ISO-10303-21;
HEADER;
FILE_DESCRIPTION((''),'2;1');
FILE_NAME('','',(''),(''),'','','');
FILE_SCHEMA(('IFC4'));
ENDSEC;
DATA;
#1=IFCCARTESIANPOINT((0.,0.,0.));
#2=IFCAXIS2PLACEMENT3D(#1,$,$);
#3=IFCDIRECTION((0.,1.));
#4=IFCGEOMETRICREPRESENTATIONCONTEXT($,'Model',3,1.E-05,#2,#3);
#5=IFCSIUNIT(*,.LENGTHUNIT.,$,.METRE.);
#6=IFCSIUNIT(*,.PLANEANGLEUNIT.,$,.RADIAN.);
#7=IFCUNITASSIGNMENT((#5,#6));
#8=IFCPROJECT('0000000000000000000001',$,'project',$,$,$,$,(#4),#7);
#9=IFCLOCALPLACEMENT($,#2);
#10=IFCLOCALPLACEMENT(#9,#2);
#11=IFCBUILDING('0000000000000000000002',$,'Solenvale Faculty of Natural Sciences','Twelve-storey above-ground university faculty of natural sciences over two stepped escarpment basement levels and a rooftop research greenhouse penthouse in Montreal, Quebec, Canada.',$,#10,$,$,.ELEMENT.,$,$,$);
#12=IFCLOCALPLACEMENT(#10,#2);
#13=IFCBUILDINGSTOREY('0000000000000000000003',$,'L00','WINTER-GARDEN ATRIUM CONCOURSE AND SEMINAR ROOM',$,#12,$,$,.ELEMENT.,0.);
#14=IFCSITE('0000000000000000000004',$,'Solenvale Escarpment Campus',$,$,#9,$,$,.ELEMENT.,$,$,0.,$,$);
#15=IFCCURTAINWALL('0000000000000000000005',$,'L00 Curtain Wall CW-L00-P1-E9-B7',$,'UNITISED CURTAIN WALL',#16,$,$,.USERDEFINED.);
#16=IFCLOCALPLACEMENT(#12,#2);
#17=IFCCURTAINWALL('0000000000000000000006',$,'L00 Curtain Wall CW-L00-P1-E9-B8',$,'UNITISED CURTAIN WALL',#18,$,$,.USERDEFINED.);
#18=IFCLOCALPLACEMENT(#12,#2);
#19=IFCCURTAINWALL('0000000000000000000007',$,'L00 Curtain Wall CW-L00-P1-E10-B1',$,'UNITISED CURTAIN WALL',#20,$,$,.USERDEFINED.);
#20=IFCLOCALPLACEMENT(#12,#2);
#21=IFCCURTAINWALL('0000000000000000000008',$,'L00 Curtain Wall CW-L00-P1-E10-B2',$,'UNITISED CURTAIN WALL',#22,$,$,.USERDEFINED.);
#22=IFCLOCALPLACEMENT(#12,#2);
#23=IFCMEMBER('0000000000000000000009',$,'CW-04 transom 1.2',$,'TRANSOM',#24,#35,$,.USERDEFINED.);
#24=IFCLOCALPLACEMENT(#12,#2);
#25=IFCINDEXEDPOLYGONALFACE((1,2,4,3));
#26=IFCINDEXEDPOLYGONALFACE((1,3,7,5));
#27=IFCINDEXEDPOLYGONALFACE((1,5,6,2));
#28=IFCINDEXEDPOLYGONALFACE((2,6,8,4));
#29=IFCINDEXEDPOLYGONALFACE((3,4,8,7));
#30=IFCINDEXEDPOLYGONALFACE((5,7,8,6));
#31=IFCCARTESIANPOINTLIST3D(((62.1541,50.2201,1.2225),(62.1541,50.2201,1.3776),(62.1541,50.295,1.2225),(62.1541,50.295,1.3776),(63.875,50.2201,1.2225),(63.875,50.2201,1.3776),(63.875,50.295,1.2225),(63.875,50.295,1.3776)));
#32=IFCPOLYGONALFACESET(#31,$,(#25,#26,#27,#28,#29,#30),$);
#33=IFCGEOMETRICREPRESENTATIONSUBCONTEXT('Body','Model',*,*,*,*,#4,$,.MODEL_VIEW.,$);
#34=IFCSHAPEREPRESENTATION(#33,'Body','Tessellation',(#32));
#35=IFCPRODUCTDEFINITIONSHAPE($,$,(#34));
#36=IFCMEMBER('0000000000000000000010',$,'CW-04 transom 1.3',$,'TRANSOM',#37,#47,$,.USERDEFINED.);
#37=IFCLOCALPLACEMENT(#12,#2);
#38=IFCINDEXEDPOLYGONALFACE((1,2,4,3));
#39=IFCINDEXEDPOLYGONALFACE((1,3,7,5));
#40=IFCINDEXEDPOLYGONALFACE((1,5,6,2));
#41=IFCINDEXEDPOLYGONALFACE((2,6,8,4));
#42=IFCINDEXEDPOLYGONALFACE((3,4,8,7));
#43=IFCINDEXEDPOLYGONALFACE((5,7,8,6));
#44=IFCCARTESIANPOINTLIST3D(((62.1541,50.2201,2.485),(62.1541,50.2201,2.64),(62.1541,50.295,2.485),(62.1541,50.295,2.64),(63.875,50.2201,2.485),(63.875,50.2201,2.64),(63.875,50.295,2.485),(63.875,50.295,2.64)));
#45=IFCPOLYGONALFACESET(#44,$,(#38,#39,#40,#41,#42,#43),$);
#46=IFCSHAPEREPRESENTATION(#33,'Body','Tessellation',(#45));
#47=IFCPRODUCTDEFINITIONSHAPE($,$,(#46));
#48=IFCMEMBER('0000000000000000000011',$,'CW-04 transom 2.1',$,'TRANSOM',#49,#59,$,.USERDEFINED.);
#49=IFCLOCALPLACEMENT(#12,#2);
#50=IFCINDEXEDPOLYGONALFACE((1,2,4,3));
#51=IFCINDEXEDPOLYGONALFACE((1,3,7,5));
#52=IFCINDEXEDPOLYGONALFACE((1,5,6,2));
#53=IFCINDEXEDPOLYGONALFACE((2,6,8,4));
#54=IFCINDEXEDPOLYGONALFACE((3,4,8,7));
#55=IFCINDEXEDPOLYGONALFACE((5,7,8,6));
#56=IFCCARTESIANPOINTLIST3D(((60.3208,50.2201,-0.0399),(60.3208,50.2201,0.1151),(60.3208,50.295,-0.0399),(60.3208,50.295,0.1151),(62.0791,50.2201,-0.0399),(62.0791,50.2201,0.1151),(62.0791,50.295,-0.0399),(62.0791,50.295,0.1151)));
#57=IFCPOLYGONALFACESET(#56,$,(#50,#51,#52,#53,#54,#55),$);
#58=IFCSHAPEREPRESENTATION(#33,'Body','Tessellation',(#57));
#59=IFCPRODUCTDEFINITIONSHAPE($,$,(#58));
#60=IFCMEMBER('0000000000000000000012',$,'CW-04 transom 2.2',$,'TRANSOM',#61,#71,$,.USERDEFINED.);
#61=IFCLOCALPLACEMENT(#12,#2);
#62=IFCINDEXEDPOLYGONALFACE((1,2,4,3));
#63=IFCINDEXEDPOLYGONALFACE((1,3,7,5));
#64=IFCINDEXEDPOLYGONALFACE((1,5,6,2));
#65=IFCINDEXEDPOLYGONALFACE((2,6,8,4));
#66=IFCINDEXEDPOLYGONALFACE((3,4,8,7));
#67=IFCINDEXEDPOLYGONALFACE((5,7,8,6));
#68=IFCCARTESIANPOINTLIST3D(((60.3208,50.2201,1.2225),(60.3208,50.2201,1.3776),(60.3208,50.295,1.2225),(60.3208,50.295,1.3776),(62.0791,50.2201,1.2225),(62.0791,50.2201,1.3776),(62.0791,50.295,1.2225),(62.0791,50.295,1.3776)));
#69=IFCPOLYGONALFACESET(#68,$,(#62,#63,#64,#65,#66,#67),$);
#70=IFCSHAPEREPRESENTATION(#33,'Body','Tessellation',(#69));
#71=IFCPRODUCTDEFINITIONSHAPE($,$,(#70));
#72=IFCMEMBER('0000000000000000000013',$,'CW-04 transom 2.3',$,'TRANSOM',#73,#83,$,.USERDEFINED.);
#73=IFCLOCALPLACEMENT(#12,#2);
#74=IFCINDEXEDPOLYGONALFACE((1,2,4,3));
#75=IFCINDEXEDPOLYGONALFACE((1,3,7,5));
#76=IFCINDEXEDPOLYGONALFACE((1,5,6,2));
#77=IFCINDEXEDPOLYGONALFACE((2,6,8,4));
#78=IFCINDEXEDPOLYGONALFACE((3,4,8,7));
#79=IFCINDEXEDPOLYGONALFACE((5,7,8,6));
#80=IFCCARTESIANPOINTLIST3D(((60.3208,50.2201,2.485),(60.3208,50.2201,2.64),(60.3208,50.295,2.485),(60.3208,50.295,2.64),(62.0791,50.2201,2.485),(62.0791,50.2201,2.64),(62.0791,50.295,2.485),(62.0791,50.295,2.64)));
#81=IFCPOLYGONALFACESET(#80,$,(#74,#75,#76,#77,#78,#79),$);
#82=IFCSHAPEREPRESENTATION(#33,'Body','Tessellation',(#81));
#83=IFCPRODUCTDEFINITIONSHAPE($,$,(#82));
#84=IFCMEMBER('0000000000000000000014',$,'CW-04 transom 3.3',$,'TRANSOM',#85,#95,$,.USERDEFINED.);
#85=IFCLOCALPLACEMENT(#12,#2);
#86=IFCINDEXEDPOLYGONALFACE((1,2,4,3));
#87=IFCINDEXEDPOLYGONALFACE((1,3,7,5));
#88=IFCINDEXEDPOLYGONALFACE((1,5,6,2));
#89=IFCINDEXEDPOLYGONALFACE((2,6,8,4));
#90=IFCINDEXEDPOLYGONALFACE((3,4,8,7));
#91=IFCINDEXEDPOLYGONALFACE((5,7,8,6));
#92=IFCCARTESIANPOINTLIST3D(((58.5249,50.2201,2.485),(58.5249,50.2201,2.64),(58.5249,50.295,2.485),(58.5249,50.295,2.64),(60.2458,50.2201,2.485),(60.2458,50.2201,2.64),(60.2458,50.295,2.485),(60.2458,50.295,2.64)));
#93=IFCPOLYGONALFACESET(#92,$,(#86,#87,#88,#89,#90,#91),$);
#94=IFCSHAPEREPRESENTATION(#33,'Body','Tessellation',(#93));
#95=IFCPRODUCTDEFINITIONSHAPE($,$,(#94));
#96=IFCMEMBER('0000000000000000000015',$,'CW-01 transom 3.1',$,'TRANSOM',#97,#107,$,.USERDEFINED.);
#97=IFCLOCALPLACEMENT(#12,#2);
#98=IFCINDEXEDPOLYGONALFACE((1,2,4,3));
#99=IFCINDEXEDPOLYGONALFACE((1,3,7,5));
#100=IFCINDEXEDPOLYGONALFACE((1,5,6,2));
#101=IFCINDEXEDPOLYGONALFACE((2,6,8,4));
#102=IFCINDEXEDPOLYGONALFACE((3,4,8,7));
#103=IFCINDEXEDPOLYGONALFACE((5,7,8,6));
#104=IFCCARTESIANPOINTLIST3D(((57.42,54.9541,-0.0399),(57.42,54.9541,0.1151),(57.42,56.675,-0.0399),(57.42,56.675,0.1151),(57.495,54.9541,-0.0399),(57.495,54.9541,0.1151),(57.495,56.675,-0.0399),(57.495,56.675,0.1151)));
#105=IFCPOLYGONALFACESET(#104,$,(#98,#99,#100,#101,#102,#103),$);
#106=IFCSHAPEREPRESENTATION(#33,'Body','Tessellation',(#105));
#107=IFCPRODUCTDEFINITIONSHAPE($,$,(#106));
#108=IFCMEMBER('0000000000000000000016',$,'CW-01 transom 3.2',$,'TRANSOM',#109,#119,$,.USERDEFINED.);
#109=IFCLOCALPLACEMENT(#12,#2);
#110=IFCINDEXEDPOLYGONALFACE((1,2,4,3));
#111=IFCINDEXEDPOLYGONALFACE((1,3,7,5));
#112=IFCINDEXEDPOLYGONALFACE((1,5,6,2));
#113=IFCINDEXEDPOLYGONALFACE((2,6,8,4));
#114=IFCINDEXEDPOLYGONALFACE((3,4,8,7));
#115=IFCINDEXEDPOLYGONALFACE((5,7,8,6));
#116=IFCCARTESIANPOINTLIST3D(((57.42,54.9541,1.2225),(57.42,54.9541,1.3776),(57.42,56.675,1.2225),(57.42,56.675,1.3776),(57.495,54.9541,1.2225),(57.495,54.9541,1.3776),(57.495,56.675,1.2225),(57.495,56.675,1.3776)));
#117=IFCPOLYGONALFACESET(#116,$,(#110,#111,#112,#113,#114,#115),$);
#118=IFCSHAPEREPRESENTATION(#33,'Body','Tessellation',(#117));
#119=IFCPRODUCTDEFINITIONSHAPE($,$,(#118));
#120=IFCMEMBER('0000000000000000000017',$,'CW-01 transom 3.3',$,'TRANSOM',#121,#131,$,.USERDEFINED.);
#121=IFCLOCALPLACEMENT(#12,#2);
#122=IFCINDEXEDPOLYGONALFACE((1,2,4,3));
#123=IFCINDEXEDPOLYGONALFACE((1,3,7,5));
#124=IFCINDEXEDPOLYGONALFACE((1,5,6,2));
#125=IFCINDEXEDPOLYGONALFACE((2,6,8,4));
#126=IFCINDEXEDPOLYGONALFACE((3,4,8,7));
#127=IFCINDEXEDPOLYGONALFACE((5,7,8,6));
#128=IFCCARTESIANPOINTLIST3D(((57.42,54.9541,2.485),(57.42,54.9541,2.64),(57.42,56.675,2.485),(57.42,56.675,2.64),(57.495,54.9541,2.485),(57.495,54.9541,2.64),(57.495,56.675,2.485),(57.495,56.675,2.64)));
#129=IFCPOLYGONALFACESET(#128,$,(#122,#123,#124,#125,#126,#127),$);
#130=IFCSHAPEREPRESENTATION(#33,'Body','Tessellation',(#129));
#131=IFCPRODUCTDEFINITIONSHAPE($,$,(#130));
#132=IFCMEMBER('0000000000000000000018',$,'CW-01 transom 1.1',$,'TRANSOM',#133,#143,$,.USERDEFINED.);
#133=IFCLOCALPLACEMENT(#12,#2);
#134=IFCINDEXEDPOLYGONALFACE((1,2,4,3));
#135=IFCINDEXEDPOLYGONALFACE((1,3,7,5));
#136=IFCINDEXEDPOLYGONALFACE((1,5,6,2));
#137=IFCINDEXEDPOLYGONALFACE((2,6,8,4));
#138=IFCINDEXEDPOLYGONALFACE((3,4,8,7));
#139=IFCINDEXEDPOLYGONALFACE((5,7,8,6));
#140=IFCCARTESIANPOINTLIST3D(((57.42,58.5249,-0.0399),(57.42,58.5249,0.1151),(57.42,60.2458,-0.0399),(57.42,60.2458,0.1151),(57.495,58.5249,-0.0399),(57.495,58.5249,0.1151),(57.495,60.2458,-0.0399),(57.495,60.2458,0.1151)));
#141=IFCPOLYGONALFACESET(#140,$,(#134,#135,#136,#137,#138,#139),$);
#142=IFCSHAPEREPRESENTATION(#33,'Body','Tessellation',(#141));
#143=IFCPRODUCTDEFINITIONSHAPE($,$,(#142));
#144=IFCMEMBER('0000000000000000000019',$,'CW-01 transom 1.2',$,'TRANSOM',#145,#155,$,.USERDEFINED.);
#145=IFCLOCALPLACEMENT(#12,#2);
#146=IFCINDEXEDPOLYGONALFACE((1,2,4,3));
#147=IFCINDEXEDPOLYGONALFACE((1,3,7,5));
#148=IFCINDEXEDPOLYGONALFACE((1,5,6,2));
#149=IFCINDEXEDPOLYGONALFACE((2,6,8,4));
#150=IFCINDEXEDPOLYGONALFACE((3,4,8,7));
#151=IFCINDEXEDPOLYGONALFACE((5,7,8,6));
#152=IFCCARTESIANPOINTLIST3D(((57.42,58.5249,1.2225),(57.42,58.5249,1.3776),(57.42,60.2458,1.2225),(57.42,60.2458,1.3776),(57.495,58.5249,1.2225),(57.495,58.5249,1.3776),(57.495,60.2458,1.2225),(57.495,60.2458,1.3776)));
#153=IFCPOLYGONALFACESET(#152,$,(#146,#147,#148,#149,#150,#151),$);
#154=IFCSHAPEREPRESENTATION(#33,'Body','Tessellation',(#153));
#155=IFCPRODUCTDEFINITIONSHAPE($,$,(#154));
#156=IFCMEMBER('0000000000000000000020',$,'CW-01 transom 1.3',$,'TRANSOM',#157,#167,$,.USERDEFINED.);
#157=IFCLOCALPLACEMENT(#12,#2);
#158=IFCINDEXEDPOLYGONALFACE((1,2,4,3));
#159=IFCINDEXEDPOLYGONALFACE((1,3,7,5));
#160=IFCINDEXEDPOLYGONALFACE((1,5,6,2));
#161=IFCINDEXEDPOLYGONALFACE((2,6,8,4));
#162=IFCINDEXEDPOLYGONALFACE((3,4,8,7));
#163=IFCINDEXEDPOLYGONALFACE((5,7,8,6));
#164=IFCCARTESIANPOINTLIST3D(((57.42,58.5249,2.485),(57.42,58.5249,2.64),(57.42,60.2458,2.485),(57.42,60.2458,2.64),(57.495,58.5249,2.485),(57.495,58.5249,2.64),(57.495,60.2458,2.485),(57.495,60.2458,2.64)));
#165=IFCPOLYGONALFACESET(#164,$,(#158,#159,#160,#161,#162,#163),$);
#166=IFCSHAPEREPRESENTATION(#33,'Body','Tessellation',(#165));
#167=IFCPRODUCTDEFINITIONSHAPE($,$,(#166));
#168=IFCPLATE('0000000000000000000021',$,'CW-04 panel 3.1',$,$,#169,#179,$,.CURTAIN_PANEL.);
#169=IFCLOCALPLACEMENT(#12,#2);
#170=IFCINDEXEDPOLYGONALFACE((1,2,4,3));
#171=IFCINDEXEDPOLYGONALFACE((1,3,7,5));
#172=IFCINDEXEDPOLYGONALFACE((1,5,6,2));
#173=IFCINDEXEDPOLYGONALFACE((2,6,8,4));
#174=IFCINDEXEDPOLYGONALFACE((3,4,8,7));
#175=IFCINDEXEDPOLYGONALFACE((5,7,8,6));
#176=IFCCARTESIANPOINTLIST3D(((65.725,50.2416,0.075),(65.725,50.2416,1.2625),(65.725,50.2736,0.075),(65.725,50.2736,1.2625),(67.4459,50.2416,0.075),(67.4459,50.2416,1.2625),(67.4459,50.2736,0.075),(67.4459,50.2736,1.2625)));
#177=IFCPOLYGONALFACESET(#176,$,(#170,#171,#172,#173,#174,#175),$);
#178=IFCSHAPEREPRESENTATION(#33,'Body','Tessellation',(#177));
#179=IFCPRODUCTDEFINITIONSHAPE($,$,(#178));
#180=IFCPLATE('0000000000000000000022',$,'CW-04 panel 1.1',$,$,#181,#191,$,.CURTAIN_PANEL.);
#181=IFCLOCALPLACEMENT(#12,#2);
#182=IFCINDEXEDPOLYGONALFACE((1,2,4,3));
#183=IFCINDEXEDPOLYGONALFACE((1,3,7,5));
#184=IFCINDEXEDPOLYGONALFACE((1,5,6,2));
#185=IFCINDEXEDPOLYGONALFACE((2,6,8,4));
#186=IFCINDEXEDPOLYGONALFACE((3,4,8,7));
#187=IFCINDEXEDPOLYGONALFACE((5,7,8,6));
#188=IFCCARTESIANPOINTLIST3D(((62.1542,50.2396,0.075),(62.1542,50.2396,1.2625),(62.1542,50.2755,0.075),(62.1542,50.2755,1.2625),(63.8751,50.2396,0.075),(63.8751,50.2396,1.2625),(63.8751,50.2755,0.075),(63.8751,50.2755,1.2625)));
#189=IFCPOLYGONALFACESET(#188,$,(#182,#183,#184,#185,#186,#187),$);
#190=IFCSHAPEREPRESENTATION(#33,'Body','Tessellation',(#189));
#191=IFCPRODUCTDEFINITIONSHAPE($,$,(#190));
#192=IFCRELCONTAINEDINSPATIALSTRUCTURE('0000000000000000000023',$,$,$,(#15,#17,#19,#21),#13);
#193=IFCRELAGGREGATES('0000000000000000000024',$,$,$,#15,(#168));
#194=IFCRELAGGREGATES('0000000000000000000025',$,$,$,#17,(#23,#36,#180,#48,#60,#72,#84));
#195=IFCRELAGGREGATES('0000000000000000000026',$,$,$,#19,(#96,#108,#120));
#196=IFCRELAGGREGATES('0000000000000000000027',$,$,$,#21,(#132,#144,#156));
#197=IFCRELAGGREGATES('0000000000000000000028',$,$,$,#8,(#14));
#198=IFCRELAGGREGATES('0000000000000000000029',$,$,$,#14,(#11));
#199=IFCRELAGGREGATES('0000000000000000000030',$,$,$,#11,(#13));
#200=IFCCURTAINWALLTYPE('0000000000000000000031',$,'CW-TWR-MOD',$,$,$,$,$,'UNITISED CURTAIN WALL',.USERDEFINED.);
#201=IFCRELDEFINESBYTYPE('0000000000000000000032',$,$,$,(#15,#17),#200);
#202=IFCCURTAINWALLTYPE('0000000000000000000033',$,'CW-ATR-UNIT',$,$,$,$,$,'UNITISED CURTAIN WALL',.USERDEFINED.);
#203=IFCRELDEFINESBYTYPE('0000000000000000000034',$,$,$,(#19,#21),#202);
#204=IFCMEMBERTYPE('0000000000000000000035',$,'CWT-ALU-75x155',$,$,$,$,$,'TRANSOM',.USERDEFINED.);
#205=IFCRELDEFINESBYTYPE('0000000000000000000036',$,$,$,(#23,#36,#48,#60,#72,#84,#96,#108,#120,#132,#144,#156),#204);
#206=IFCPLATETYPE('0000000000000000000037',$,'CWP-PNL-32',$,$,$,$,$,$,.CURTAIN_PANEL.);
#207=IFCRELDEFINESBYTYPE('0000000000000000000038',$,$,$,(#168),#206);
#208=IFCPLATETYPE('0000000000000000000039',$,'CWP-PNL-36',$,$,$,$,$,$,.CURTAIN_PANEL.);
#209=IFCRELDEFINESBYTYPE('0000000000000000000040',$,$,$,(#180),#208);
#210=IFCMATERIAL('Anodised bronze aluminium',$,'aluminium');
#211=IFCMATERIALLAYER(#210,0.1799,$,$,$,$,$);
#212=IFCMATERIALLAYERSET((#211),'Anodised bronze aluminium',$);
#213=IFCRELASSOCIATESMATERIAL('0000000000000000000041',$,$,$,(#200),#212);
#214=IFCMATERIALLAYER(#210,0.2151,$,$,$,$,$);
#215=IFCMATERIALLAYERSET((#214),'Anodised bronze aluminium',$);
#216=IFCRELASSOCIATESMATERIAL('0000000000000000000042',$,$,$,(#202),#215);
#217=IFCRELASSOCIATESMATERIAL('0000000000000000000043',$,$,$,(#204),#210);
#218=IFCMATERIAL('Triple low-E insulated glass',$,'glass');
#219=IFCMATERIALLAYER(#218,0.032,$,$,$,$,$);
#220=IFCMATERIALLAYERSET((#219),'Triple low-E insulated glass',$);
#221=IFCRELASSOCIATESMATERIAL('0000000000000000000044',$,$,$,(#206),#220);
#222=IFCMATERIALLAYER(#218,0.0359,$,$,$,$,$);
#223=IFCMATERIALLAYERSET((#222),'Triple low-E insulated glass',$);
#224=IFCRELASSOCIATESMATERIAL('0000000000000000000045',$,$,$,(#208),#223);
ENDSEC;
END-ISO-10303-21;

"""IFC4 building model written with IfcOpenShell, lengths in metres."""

from ifc_helpers import new_model, si_unit, direction, frame, origin, origin_2d, place, context, subcontext, project, spatial, rectangle, extrude, material, layer, layer_set, material_profile, profile_set, type_object, element, aggregate, save


model = new_model("IFC4")

# Units and contexts
model_context = context("Model", 3, precision=1e-05, world=origin(), true_north=direction((0.0, 1.0)))
body_context = subcontext(model_context, "Body", "Model", "MODEL_VIEW")
ifc_project = project(units=[si_unit("LENGTHUNIT", "METRE"), si_unit("PLANEANGLEUNIT", "RADIAN")], contexts=[model_context])

# Site, building, storey
site_placement = place(None, origin())
site = spatial("IfcSite", under=ifc_project, at=site_placement, Name="Solenvale Escarpment Campus", CompositionType="ELEMENT", RefElevation=0.0)
building_placement = place(site_placement, origin())
building = spatial("IfcBuilding", under=site, at=building_placement, Name="Solenvale Faculty of Natural Sciences", Description="Twelve-storey above-ground university faculty of natural sciences over two stepped escarpment basement levels and a rooftop research greenhouse penthouse in Montreal, Quebec, Canada.", CompositionType="ELEMENT")
storey_placement = place(building_placement, origin())
storey = spatial("IfcBuildingStorey", under=building, at=storey_placement, Name="L00", Description="WINTER-GARDEN ATRIUM CONCOURSE AND SEMINAR ROOM", CompositionType="ELEMENT", Elevation=0.0)

# Curtain wall
ifc_material_1 = material(Name="Anodised bronze aluminium", Category="aluminium")
ifc_layer_1 = layer(ifc_material_1, 0.1799)
ifc_layer_set_1 = layer_set([ifc_layer_1], Name="Anodised bronze aluminium")
curtain_wall_type_1 = type_object("IfcCurtainWallType", Name="CW-TWR-MOD", ElementType="UNITISED CURTAIN WALL", PredefinedType="USERDEFINED", material=ifc_layer_set_1)
curtain_wall_1_placement = place(storey_placement, origin())
curtain_wall_1 = element("IfcCurtainWall", 1, at=curtain_wall_1_placement, inside=storey, type_object=curtain_wall_type_1, Name="L00 Curtain Wall CW-L00-P1-E9-B7", ObjectType="UNITISED CURTAIN WALL", PredefinedType="USERDEFINED")

# Curtain walls
curtain_wall_2_placement = place(storey_placement, origin())
curtain_wall_2 = element("IfcCurtainWall", 2, at=curtain_wall_2_placement, inside=storey, type_object=curtain_wall_type_1, Name="L00 Curtain Wall CW-L00-P1-E9-B8", ObjectType="UNITISED CURTAIN WALL", PredefinedType="USERDEFINED")
ifc_layer_2 = layer(ifc_material_1, 0.2151)
ifc_layer_set_2 = layer_set([ifc_layer_2], Name="Anodised bronze aluminium")
curtain_wall_type_2 = type_object("IfcCurtainWallType", Name="CW-ATR-UNIT", ElementType="UNITISED CURTAIN WALL", PredefinedType="USERDEFINED", material=ifc_layer_set_2)
curtain_wall_3_placement = place(storey_placement, origin())
curtain_wall_3 = element("IfcCurtainWall", 3, at=curtain_wall_3_placement, inside=storey, type_object=curtain_wall_type_2, Name="L00 Curtain Wall CW-L00-P1-E10-B1", ObjectType="UNITISED CURTAIN WALL", PredefinedType="USERDEFINED")

# Curtain wall
curtain_wall_4_placement = place(storey_placement, origin())
curtain_wall_4 = element("IfcCurtainWall", 4, at=curtain_wall_4_placement, inside=storey, type_object=curtain_wall_type_2, Name="L00 Curtain Wall CW-L00-P1-E10-B2", ObjectType="UNITISED CURTAIN WALL", PredefinedType="USERDEFINED")

# Members
ifc_material_profile_1 = material_profile(ifc_material_1, rectangle(XDim=0.075, YDim=0.155, at=origin_2d()), Name="ALU-TRN-75x155")
ifc_profile_set_1 = profile_set([ifc_material_profile_1], Name="Anodised bronze aluminium")
member_type_1 = type_object("IfcMemberType", Name="CWT-ALU-75x155", ElementType="TRANSOM", PredefinedType="USERDEFINED", material=ifc_profile_set_1)
member_1_placement = place(storey_placement, frame((63.875, 50.2576, 1.3), z_axis=(-1.0, 0.0, 0.0), x_axis=(0.0, -1.0, 0.0)))
member_1 = element("IfcMember", 5, at=member_1_placement, type_object=member_type_1, Name="CW-04 transom 1.2", ObjectType="TRANSOM", PredefinedType="USERDEFINED", context=body_context, shape_type="SweptSolid", body=[
    extrude(rectangle(XDim=0.075, YDim=0.155, at=origin_2d()), origin(), (0.0, 0.0, 1.0), 1.7209),
])
member_2_placement = place(storey_placement, frame((63.875, 50.2576, 2.5625), z_axis=(-1.0, 0.0, 0.0), x_axis=(0.0, -1.0, 0.0)))
member_2 = element("IfcMember", 6, at=member_2_placement, type_object=member_type_1, Name="CW-04 transom 1.3", ObjectType="TRANSOM", PredefinedType="USERDEFINED", context=body_context, shape_type="SweptSolid", body=[
    extrude(rectangle(XDim=0.075, YDim=0.155, at=origin_2d()), origin(), (0.0, 0.0, 1.0), 1.7209),
])
member_3_placement = place(storey_placement, frame((62.0791, 50.2576, 0.0376), z_axis=(-1.0, 0.0, 0.0), x_axis=(0.0, -1.0, 0.0)))
member_3 = element("IfcMember", 7, at=member_3_placement, type_object=member_type_1, Name="CW-04 transom 2.1", ObjectType="TRANSOM", PredefinedType="USERDEFINED", context=body_context, shape_type="SweptSolid", body=[
    extrude(rectangle(XDim=0.075, YDim=0.155, at=origin_2d()), origin(), (0.0, 0.0, 1.0), 1.7583),
])
member_4_placement = place(storey_placement, frame((62.0791, 50.2576, 1.3), z_axis=(-1.0, 0.0, 0.0), x_axis=(0.0, -1.0, 0.0)))
member_4 = element("IfcMember", 8, at=member_4_placement, type_object=member_type_1, Name="CW-04 transom 2.2", ObjectType="TRANSOM", PredefinedType="USERDEFINED", context=body_context, shape_type="SweptSolid", body=[
    extrude(rectangle(XDim=0.075, YDim=0.155, at=origin_2d()), origin(), (0.0, 0.0, 1.0), 1.7583),
])
member_5_placement = place(storey_placement, frame((62.0791, 50.2576, 2.5625), z_axis=(-1.0, 0.0, 0.0), x_axis=(0.0, -1.0, 0.0)))
member_5 = element("IfcMember", 9, at=member_5_placement, type_object=member_type_1, Name="CW-04 transom 2.3", ObjectType="TRANSOM", PredefinedType="USERDEFINED", context=body_context, shape_type="SweptSolid", body=[
    extrude(rectangle(XDim=0.075, YDim=0.155, at=origin_2d()), origin(), (0.0, 0.0, 1.0), 1.7583),
])
member_6_placement = place(storey_placement, frame((60.2458, 50.2576, 2.5625), z_axis=(-1.0, 0.0, 0.0), x_axis=(0.0, -1.0, 0.0)))
member_6 = element("IfcMember", 10, at=member_6_placement, type_object=member_type_1, Name="CW-04 transom 3.3", ObjectType="TRANSOM", PredefinedType="USERDEFINED", context=body_context, shape_type="SweptSolid", body=[
    extrude(rectangle(XDim=0.075, YDim=0.155, at=origin_2d()), origin(), (0.0, 0.0, 1.0), 1.7209),
])
member_7_placement = place(storey_placement, frame((57.4575, 54.9541, 0.0376), z_axis=(0.0, 1.0, 0.0), x_axis=(-1.0, 0.0, 0.0)))
member_7 = element("IfcMember", 11, at=member_7_placement, type_object=member_type_1, Name="CW-01 transom 3.1", ObjectType="TRANSOM", PredefinedType="USERDEFINED", context=body_context, shape_type="SweptSolid", body=[
    extrude(rectangle(XDim=0.075, YDim=0.155, at=origin_2d()), origin(), (0.0, 0.0, 1.0), 1.7209),
])
member_8_placement = place(storey_placement, frame((57.4575, 54.9541, 1.3), z_axis=(0.0, 1.0, 0.0), x_axis=(-1.0, 0.0, 0.0)))
member_8 = element("IfcMember", 12, at=member_8_placement, type_object=member_type_1, Name="CW-01 transom 3.2", ObjectType="TRANSOM", PredefinedType="USERDEFINED", context=body_context, shape_type="SweptSolid", body=[
    extrude(rectangle(XDim=0.075, YDim=0.155, at=origin_2d()), origin(), (0.0, 0.0, 1.0), 1.7209),
])
member_9_placement = place(storey_placement, frame((57.4575, 54.9541, 2.5625), z_axis=(0.0, 1.0, 0.0), x_axis=(-1.0, 0.0, 0.0)))
member_9 = element("IfcMember", 13, at=member_9_placement, type_object=member_type_1, Name="CW-01 transom 3.3", ObjectType="TRANSOM", PredefinedType="USERDEFINED", context=body_context, shape_type="SweptSolid", body=[
    extrude(rectangle(XDim=0.075, YDim=0.155, at=origin_2d()), origin(), (0.0, 0.0, 1.0), 1.7209),
])
member_10_placement = place(storey_placement, frame((57.4575, 58.5249, 0.0376), z_axis=(0.0, 1.0, 0.0), x_axis=(-1.0, 0.0, 0.0)))
member_10 = element("IfcMember", 14, at=member_10_placement, type_object=member_type_1, Name="CW-01 transom 1.1", ObjectType="TRANSOM", PredefinedType="USERDEFINED", context=body_context, shape_type="SweptSolid", body=[
    extrude(rectangle(XDim=0.075, YDim=0.155, at=origin_2d()), origin(), (0.0, 0.0, 1.0), 1.7209),
])
member_11_placement = place(storey_placement, frame((57.4575, 58.5249, 1.3), z_axis=(0.0, 1.0, 0.0), x_axis=(-1.0, 0.0, 0.0)))
member_11 = element("IfcMember", 15, at=member_11_placement, type_object=member_type_1, Name="CW-01 transom 1.2", ObjectType="TRANSOM", PredefinedType="USERDEFINED", context=body_context, shape_type="SweptSolid", body=[
    extrude(rectangle(XDim=0.075, YDim=0.155, at=origin_2d()), origin(), (0.0, 0.0, 1.0), 1.7209),
])
member_12_placement = place(storey_placement, frame((57.4575, 58.5249, 2.5625), z_axis=(0.0, 1.0, 0.0), x_axis=(-1.0, 0.0, 0.0)))
member_12 = element("IfcMember", 16, at=member_12_placement, type_object=member_type_1, Name="CW-01 transom 1.3", ObjectType="TRANSOM", PredefinedType="USERDEFINED", context=body_context, shape_type="SweptSolid", body=[
    extrude(rectangle(XDim=0.075, YDim=0.155, at=origin_2d()), origin(), (0.0, 0.0, 1.0), 1.7209),
])

# Plates
ifc_material_2 = material(Name="Triple low-E insulated glass", Category="glass")
ifc_layer_3 = layer(ifc_material_2, 0.032)
ifc_layer_set_3 = layer_set([ifc_layer_3], Name="Triple low-E insulated glass")
plate_type_1 = type_object("IfcPlateType", Name="CWP-PNL-32", PredefinedType="CURTAIN_PANEL", material=ifc_layer_set_3)
plate_1_placement = place(storey_placement, frame((66.5854, 50.2576, 0.075), z_axis=(0.0, 0.0, 1.0), x_axis=(-1.0, 0.0, 0.0)))
plate_1 = element("IfcPlate", 17, at=plate_1_placement, type_object=plate_type_1, Name="CW-04 panel 3.1", PredefinedType="CURTAIN_PANEL", context=body_context, shape_type="SweptSolid", body=[
    extrude(rectangle(XDim=1.7209, YDim=0.032, at=origin_2d()), origin(), (0.0, 0.0, 1.0), 1.1875),
])
aggregate(curtain_wall_1, [plate_1])
ifc_layer_4 = layer(ifc_material_2, 0.0359)
ifc_layer_set_4 = layer_set([ifc_layer_4], Name="Triple low-E insulated glass")
plate_type_2 = type_object("IfcPlateType", Name="CWP-PNL-36", PredefinedType="CURTAIN_PANEL", material=ifc_layer_set_4)
plate_2_placement = place(storey_placement, frame((63.0146, 50.2576, 0.075), z_axis=(0.0, 0.0, 1.0), x_axis=(-1.0, 0.0, 0.0)))
plate_2 = element("IfcPlate", 18, at=plate_2_placement, type_object=plate_type_2, Name="CW-04 panel 1.1", PredefinedType="CURTAIN_PANEL", context=body_context, shape_type="SweptSolid", body=[
    extrude(rectangle(XDim=1.7209, YDim=0.0359, at=origin_2d()), origin(), (0.0, 0.0, 1.0), 1.1875),
])
aggregate(curtain_wall_2, [member_1, member_2, plate_2, member_3, member_4, member_5, member_6])
aggregate(curtain_wall_3, [member_7, member_8, member_9])
aggregate(curtain_wall_4, [member_10, member_11, member_12])

save(model, "model.ifc")
